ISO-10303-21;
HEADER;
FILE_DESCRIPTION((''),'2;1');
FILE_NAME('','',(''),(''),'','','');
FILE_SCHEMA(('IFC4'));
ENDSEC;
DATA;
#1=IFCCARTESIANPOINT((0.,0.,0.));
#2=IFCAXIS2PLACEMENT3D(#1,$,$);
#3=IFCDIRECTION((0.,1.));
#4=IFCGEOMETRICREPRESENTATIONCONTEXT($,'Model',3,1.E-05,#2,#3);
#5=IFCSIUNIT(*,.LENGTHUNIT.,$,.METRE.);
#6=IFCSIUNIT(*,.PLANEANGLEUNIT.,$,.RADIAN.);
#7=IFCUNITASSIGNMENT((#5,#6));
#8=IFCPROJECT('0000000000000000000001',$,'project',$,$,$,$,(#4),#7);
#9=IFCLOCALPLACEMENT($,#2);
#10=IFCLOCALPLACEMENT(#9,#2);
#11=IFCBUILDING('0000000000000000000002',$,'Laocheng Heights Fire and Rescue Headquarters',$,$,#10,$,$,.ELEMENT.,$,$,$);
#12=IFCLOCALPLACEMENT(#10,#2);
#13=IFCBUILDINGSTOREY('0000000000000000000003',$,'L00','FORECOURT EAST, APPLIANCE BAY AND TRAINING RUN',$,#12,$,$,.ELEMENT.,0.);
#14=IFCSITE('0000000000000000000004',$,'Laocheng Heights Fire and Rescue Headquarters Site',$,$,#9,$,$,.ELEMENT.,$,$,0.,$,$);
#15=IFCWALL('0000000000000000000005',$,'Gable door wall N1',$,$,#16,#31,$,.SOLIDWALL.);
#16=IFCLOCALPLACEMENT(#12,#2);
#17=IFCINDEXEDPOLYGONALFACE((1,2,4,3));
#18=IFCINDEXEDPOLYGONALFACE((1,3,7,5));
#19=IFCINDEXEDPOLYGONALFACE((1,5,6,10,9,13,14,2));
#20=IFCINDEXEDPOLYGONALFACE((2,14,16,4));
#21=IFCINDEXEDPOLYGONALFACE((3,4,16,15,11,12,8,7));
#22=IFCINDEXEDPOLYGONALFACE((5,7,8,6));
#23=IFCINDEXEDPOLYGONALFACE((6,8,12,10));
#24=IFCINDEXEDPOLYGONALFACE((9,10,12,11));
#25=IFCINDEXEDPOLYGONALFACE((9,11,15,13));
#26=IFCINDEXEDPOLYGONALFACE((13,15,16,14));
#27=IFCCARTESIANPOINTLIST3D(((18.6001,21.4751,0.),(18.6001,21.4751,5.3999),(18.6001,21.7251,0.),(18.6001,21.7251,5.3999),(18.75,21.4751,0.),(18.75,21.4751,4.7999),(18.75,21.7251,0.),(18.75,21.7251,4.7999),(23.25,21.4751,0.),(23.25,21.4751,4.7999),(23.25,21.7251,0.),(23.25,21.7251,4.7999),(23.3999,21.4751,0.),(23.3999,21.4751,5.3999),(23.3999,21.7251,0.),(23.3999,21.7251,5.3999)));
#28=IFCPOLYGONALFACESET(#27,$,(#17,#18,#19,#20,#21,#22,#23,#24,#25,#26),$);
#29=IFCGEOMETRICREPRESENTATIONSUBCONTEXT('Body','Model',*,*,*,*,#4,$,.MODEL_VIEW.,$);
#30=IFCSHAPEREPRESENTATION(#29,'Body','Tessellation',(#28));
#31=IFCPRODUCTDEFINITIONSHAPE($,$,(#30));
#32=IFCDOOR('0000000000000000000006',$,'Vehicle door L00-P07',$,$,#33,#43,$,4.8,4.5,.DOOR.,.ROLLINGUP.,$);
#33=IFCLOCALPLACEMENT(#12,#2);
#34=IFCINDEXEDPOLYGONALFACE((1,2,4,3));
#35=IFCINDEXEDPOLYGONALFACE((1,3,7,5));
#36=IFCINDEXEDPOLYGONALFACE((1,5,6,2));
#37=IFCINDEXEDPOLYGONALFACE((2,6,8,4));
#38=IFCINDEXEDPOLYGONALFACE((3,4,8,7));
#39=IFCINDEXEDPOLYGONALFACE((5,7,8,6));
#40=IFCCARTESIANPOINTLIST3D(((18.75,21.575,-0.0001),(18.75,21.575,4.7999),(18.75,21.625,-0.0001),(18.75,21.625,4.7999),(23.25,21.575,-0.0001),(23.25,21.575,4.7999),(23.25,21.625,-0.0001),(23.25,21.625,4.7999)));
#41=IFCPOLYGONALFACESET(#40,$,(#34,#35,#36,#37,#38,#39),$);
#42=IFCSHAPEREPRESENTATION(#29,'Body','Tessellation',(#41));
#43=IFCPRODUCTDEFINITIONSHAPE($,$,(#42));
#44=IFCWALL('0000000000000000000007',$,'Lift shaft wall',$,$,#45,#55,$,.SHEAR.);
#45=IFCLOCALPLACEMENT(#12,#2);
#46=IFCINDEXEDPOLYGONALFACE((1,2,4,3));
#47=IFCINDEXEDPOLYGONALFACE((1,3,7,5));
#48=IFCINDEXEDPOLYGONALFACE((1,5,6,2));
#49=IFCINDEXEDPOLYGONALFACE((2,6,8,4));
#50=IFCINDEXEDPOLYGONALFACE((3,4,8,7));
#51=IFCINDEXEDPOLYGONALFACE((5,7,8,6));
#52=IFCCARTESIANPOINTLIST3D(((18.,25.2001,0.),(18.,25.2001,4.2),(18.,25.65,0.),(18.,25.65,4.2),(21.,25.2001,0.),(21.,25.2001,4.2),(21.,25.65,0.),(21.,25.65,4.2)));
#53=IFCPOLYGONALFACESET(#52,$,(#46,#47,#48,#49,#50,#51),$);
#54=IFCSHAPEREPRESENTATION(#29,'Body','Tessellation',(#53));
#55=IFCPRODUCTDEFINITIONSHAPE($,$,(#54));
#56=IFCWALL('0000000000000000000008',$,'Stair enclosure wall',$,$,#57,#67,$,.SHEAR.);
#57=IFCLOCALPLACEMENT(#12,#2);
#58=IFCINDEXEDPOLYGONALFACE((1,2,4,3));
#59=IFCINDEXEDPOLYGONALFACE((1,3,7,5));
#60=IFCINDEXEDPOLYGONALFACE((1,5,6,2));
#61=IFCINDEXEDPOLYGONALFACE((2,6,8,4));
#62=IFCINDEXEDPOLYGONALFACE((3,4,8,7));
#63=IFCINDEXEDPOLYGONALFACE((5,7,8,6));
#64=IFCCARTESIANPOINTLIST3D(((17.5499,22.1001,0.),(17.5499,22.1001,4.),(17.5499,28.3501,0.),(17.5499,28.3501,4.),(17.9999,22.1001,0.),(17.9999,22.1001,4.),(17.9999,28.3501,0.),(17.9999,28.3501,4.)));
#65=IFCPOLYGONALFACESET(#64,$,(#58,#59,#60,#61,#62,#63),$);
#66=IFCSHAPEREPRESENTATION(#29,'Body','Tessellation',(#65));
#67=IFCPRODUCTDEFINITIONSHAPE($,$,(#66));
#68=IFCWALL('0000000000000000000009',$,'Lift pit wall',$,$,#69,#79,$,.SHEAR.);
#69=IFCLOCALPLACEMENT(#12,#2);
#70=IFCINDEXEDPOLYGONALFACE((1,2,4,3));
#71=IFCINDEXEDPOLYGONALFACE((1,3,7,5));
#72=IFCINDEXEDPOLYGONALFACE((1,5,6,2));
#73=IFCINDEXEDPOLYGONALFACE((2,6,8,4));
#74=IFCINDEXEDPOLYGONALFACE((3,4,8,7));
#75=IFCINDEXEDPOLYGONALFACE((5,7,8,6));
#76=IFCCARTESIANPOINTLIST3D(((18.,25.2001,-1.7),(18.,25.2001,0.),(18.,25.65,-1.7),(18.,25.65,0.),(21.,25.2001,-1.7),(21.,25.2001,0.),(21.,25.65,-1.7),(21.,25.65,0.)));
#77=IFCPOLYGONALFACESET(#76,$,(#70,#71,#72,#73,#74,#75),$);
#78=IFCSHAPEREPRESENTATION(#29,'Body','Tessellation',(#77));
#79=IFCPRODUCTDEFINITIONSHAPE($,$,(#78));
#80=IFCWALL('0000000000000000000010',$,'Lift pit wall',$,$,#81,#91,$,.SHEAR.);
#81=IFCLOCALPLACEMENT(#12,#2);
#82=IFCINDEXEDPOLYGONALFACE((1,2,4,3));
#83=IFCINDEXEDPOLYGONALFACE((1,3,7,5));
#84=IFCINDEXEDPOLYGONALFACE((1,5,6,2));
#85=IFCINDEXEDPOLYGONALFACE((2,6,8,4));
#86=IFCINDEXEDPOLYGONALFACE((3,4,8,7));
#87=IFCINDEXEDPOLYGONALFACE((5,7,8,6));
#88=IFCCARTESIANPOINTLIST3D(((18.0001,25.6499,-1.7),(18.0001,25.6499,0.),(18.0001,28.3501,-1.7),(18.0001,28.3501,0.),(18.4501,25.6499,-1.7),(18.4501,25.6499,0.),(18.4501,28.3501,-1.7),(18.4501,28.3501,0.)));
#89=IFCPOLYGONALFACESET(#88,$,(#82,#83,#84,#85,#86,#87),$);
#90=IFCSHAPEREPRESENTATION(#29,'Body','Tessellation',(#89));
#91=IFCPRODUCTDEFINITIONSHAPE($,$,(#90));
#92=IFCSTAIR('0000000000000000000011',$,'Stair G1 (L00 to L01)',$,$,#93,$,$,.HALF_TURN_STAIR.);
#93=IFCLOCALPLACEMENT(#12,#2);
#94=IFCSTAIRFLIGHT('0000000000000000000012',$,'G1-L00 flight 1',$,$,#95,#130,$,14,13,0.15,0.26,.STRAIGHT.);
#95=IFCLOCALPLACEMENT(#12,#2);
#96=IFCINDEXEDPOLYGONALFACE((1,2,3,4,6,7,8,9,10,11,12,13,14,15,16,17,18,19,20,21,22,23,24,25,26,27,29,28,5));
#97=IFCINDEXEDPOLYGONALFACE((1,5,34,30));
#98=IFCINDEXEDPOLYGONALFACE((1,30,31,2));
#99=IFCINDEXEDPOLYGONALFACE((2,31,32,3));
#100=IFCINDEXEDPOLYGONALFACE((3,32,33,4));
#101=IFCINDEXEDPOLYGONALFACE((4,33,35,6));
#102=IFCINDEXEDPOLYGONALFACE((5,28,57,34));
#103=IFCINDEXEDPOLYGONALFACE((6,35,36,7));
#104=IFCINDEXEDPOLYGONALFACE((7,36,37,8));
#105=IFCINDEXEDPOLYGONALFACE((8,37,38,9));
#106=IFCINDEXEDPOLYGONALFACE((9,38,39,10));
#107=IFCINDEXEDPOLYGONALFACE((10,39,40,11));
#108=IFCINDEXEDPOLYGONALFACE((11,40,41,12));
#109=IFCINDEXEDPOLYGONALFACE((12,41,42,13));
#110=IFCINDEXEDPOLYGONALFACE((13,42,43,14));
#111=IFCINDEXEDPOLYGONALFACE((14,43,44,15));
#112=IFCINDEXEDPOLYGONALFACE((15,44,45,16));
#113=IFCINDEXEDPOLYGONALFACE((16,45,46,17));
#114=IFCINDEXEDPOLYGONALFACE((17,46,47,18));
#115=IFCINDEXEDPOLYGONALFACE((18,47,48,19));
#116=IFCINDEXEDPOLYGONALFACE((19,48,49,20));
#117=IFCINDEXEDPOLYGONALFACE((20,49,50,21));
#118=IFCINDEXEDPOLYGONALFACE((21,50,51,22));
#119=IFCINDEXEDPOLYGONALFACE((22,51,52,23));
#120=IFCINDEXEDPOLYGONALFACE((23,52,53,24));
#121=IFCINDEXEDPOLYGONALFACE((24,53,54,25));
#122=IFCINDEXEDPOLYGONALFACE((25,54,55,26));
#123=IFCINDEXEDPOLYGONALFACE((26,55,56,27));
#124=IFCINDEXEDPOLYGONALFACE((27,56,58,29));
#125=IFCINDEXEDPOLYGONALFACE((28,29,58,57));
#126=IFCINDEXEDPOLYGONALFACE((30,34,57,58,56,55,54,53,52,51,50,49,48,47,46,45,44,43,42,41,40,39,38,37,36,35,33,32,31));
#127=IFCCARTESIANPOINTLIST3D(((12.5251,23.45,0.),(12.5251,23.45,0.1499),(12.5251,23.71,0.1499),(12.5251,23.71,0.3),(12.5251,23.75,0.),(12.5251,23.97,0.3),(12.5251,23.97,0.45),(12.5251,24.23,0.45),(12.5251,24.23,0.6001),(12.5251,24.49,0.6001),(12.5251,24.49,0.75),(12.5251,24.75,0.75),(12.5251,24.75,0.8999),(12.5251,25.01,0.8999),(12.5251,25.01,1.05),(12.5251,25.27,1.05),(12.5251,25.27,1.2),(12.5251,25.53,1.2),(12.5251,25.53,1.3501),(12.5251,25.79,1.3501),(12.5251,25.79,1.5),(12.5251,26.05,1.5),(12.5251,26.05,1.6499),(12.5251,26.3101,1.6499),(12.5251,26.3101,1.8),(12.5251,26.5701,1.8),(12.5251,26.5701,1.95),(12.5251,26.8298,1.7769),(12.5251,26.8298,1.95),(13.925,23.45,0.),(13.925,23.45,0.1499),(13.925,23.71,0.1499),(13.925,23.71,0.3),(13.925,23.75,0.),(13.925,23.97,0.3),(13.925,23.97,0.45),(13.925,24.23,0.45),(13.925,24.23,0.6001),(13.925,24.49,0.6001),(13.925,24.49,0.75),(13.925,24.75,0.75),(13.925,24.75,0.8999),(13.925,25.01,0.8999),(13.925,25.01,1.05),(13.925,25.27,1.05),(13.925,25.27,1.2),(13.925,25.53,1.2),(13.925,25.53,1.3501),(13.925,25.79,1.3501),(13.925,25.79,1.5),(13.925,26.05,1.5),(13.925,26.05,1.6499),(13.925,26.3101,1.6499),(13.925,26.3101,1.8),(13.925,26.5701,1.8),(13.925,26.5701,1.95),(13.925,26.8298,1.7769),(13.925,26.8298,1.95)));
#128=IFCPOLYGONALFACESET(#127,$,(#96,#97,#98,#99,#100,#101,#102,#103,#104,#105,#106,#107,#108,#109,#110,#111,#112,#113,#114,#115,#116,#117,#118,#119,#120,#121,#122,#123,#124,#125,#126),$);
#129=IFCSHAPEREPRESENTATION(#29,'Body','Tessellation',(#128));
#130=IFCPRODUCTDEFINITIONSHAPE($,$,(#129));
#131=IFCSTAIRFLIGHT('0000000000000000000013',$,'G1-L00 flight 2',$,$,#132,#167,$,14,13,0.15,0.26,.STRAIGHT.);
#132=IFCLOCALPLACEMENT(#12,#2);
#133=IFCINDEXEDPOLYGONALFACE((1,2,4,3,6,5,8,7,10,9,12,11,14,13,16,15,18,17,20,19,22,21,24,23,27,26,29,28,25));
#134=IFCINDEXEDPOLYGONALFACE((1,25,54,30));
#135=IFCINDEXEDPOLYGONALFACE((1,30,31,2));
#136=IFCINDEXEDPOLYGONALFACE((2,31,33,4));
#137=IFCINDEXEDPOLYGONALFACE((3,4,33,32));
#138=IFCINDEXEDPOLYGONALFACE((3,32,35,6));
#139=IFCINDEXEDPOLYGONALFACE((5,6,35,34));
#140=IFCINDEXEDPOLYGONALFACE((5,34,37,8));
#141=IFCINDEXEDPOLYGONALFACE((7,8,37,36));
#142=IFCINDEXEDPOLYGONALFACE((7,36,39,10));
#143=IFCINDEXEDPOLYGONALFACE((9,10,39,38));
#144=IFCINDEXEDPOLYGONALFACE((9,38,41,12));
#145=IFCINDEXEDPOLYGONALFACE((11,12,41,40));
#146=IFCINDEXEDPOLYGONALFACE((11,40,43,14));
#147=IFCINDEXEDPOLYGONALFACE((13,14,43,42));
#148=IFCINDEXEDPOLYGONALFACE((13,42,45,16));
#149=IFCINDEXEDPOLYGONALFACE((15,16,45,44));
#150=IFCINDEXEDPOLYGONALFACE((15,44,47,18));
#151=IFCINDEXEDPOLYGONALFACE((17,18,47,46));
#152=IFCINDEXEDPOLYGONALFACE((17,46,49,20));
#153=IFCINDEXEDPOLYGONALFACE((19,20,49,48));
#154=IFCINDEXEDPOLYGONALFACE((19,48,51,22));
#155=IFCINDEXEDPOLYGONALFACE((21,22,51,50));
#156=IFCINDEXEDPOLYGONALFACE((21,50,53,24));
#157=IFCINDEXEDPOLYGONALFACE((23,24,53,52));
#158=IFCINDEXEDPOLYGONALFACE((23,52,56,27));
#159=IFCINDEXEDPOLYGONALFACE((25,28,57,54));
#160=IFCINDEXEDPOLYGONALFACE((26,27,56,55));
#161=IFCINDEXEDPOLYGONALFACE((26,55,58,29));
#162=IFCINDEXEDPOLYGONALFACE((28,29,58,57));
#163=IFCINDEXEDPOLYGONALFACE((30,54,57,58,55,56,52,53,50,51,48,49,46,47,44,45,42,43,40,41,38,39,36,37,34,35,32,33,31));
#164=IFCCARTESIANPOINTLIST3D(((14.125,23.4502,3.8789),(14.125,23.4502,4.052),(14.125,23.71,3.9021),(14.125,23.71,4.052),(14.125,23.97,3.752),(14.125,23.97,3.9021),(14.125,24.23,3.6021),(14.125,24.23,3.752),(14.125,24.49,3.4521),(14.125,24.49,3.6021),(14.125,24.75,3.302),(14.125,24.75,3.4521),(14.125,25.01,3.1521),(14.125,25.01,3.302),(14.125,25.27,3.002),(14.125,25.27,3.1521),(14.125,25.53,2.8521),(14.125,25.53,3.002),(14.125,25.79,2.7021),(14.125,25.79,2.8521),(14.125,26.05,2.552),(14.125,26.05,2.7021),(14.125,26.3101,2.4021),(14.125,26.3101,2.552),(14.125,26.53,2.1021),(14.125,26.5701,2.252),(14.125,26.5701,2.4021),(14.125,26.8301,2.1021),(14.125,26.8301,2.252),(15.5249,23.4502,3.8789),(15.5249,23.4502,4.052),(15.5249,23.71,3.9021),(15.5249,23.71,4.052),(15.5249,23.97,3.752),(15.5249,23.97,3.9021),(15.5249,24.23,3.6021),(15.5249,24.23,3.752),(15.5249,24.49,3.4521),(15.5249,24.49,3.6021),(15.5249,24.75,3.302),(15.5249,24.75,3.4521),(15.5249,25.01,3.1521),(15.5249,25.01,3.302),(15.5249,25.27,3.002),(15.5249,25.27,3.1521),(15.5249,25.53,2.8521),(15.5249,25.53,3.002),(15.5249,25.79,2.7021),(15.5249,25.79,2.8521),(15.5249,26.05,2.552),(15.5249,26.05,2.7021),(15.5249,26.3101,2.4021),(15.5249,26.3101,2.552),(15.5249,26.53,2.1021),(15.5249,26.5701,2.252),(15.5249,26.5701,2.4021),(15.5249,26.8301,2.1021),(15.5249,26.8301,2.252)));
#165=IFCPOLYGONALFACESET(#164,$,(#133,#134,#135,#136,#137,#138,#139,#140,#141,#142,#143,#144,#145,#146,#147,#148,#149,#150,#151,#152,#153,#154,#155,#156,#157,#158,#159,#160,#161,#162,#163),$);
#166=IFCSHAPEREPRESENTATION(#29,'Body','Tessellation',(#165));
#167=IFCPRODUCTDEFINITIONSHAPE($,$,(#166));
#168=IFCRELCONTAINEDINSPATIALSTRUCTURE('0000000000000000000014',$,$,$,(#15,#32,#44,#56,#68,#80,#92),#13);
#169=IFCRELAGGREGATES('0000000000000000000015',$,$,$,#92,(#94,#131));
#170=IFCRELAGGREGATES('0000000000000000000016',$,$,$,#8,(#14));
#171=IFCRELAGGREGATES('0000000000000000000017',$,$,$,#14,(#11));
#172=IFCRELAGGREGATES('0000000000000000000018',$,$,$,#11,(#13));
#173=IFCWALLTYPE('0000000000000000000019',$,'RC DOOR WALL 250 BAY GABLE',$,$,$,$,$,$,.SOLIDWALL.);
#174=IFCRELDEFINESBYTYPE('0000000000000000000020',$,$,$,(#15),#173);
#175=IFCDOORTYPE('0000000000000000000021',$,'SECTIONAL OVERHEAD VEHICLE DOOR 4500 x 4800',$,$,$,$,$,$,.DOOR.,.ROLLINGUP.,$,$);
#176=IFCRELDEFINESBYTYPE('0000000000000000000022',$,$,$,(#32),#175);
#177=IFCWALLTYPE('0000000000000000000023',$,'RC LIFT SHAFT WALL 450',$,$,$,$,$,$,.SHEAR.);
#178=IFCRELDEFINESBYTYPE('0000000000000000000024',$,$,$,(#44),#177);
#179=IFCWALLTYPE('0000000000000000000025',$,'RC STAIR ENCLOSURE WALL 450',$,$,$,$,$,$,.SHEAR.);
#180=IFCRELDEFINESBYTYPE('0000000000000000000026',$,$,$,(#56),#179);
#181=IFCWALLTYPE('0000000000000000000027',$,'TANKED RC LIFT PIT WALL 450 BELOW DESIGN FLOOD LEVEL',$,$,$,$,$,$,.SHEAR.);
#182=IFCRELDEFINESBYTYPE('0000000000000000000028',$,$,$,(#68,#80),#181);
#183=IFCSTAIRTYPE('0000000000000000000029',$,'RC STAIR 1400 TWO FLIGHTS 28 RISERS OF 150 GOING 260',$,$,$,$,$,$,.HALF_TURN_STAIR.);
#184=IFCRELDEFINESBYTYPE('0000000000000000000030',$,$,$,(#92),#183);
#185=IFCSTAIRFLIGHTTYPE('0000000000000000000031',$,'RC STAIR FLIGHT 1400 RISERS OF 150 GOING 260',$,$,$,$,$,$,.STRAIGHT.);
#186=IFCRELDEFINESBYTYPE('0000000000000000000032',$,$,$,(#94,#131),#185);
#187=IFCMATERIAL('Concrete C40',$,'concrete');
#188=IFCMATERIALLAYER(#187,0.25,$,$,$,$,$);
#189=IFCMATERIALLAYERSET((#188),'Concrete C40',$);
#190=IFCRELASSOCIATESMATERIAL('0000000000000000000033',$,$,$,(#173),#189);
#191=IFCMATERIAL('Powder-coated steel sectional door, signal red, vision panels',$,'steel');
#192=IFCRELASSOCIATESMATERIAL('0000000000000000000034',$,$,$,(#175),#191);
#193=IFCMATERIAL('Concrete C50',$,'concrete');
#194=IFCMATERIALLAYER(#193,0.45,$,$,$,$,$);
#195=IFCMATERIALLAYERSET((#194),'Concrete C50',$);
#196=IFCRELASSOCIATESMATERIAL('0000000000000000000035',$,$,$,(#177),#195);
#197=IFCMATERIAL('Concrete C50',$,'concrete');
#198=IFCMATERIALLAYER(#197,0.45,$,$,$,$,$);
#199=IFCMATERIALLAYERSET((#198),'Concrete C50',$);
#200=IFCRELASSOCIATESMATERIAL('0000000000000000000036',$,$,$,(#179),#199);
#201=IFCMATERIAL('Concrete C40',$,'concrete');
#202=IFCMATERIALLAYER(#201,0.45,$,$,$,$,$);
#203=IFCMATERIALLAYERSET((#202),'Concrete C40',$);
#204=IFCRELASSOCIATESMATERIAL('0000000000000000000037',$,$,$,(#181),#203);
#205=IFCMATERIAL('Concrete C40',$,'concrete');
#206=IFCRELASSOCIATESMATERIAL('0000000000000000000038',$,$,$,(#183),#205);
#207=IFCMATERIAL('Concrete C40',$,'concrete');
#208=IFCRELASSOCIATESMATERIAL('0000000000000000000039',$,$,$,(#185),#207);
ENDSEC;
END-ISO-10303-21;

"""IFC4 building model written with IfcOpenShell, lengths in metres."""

from ifc_helpers import new_model, si_unit, direction, frame, frame_2d, origin, place, context, subcontext, project, spatial, polyline, rectangle, outline, extrude, material, layer, layer_set, type_object, element, fill, aggregate, save


model = new_model("IFC4")

# Units and contexts
model_context = context("Model", 3, precision=1e-05, world=origin(), true_north=direction((0.0, 1.0)))
body_context = subcontext(model_context, "Body", "Model", "MODEL_VIEW")
ifc_project = project(units=[si_unit("LENGTHUNIT", "METRE"), si_unit("PLANEANGLEUNIT", "RADIAN")], contexts=[model_context])

# Site, building, storey
site_placement = place(None, origin())
site = spatial("IfcSite", under=ifc_project, at=site_placement, Name="Laocheng Heights Fire and Rescue Headquarters Site", CompositionType="ELEMENT", RefElevation=0.0)
building_placement = place(site_placement, origin())
building = spatial("IfcBuilding", under=site, at=building_placement, Name="Laocheng Heights Fire and Rescue Headquarters", CompositionType="ELEMENT")
storey_placement = place(building_placement, origin())
storey = spatial("IfcBuildingStorey", under=building, at=storey_placement, Name="L00", Description="FORECOURT EAST, APPLIANCE BAY AND TRAINING RUN", CompositionType="ELEMENT", Elevation=0.0)

# Wall, opening, door
ifc_material_1 = material(Name="Concrete C40", Category="concrete")
ifc_layer_1 = layer(ifc_material_1, 0.25)
ifc_layer_set_1 = layer_set([ifc_layer_1], Name="Concrete C40")
wall_type_1 = type_object("IfcWallType", Name="RC DOOR WALL 250 BAY GABLE", PredefinedType="SOLIDWALL", material=ifc_layer_set_1)
wall_1_placement = place(storey_placement, frame((18.6001, 21.6001, 0.0), z_axis=(0.0, 0.0, 1.0), x_axis=(1.0, 0.0, 0.0)))
wall_1 = element("IfcWall", 1, at=wall_1_placement, inside=storey, type_object=wall_type_1, Name="Gable door wall N1", PredefinedType="SOLIDWALL", context=body_context, shape_type="SweptSolid", body=[
    extrude(rectangle(XDim=4.7998, YDim=0.25, at=frame_2d((2.3999, 0.0))), origin(), (0.0, 0.0, 1.0), 5.3999),
])
opening_1_placement = place(wall_1_placement, frame((0.1499, 0.0, 0.0)))
opening_1 = element("IfcOpeningElement", 2, at=opening_1_placement, cuts=wall_1, PredefinedType="OPENING", context=body_context, shape_type="SweptSolid", body=[
    extrude(rectangle(XDim=4.5, YDim=4.8, at=frame_2d((2.25, 2.3999))), frame((0.0, 0.135, 0.0), z_axis=(0.0, -1.0, 0.0), x_axis=(1.0, 0.0, 0.0)), (0.0, 0.0, 1.0), 0.27),
])
ifc_material_2 = material(Name="Powder-coated steel sectional door, signal red, vision panels", Category="steel")
door_type_1 = type_object("IfcDoorType", Name="SECTIONAL OVERHEAD VEHICLE DOOR 4500 x 4800", OperationType="ROLLINGUP", PredefinedType="DOOR", material=ifc_material_2)
door_1_placement = place(opening_1_placement, origin())
door_1 = element("IfcDoor", 3, at=door_1_placement, inside=storey, type_object=door_type_1, Name="Vehicle door L00-P07", OperationType="ROLLINGUP", OverallHeight=4.8, OverallWidth=4.5, PredefinedType="DOOR", context=body_context, shape_type="SweptSolid", body=[
    extrude(rectangle(XDim=4.5, YDim=4.8, at=frame_2d((2.25, 2.3999))), frame((0.0, 0.0249, 0.0), z_axis=(0.0, -1.0, 0.0), x_axis=(1.0, 0.0, 0.0)), (0.0, 0.0, 1.0), 0.05),
])
fill(opening_1, door_1)

# Walls
ifc_material_3 = material(Name="Concrete C50", Category="concrete")
ifc_layer_2 = layer(ifc_material_3, 0.45)
ifc_layer_set_2 = layer_set([ifc_layer_2], Name="Concrete C50")
wall_type_2 = type_object("IfcWallType", Name="RC LIFT SHAFT WALL 450", PredefinedType="SHEAR", material=ifc_layer_set_2)
wall_2_placement = place(storey_placement, frame((18.0, 25.425, 0.0), z_axis=(0.0, 0.0, 1.0), x_axis=(1.0, 0.0, 0.0)))
element("IfcWall", 4, at=wall_2_placement, inside=storey, type_object=wall_type_2, Name="Lift shaft wall", PredefinedType="SHEAR", context=body_context, shape_type="SweptSolid", body=[
    extrude(rectangle(XDim=3.0, YDim=0.45, at=frame_2d((1.5, 0.0))), origin(), (0.0, 0.0, 1.0), 4.2),
])
ifc_material_4 = material(Name="Concrete C50", Category="concrete")
ifc_layer_3 = layer(ifc_material_4, 0.45)
ifc_layer_set_3 = layer_set([ifc_layer_3], Name="Concrete C50")
wall_type_3 = type_object("IfcWallType", Name="RC STAIR ENCLOSURE WALL 450", PredefinedType="SHEAR", material=ifc_layer_set_3)
wall_3_placement = place(storey_placement, frame((17.7749, 22.1001, 0.0), z_axis=(0.0, 0.0, 1.0), x_axis=(0.0, 1.0, 0.0)))
element("IfcWall", 5, at=wall_3_placement, inside=storey, type_object=wall_type_3, Name="Stair enclosure wall", PredefinedType="SHEAR", context=body_context, shape_type="SweptSolid", body=[
    extrude(rectangle(XDim=6.25, YDim=0.45, at=frame_2d((3.125, 0.0))), origin(), (0.0, 0.0, 1.0), 4.0),
])
ifc_material_5 = material(Name="Concrete C40", Category="concrete")
ifc_layer_4 = layer(ifc_material_5, 0.45)
ifc_layer_set_4 = layer_set([ifc_layer_4], Name="Concrete C40")
wall_type_4 = type_object("IfcWallType", Name="TANKED RC LIFT PIT WALL 450 BELOW DESIGN FLOOD LEVEL", PredefinedType="SHEAR", material=ifc_layer_set_4)
wall_4_placement = place(storey_placement, frame((18.0, 25.425, -1.7), z_axis=(0.0, 0.0, 1.0), x_axis=(1.0, 0.0, 0.0)))
element("IfcWall", 6, at=wall_4_placement, inside=storey, type_object=wall_type_4, Name="Lift pit wall", PredefinedType="SHEAR", context=body_context, shape_type="SweptSolid", body=[
    extrude(rectangle(XDim=3.0, YDim=0.45, at=frame_2d((1.5, 0.0))), origin(), (0.0, 0.0, 1.0), 1.7),
])
wall_5_placement = place(storey_placement, frame((18.2251, 25.6499, -1.7), z_axis=(0.0, 0.0, 1.0), x_axis=(0.0, 1.0, 0.0)))
element("IfcWall", 7, at=wall_5_placement, inside=storey, type_object=wall_type_4, Name="Lift pit wall", PredefinedType="SHEAR", context=body_context, shape_type="SweptSolid", body=[
    extrude(rectangle(XDim=2.7002, YDim=0.45, at=frame_2d((1.3501, 0.0))), origin(), (0.0, 0.0, 1.0), 1.7),
])

# Stair, stair flights
ifc_material_6 = material(Name="Concrete C40", Category="concrete")
stair_type = type_object("IfcStairType", Name="RC STAIR 1400 TWO FLIGHTS 28 RISERS OF 150 GOING 260", PredefinedType="HALF_TURN_STAIR", material=ifc_material_6)
stair_placement = place(storey_placement, origin())
stair = element("IfcStair", 8, at=stair_placement, inside=storey, type_object=stair_type, Name="Stair G1 (L00 to L01)", PredefinedType="HALF_TURN_STAIR")
ifc_material_7 = material(Name="Concrete C40", Category="concrete")
stair_flight_type = type_object("IfcStairFlightType", Name="RC STAIR FLIGHT 1400 RISERS OF 150 GOING 260", PredefinedType="STRAIGHT", material=ifc_material_7)
stair_flight_1_placement = place(storey_placement, frame((13.2251, 23.45, 0.0), z_axis=(0.0, 0.0, 1.0), x_axis=(0.0, 1.0, 0.0)))
stair_flight_1 = element("IfcStairFlight", 9, at=stair_flight_1_placement, type_object=stair_flight_type, Name="G1-L00 flight 1", NumberOfRisers=14, NumberOfTreads=13, PredefinedType="STRAIGHT", RiserHeight=0.15, TreadLength=0.26, context=body_context, shape_type="SweptSolid", body=[
    extrude(outline(polyline([(0.0, 0.0), (0.0, 0.1499), (0.26, 0.1499), (0.26, 0.3), (0.52, 0.3), (0.52, 0.45), (0.78, 0.45), (0.78, 0.6001), (1.04, 0.6001), (1.04, 0.75), (1.3, 0.75), (1.3, 0.8999), (1.5601, 0.8999), (1.5601, 1.05), (1.8201, 1.05), (1.8201, 1.2), (2.0801, 1.2), (2.0801, 1.3501), (2.3401, 1.3501), (2.3401, 1.5), (2.6001, 1.5), (2.6001, 1.6499), (2.8601, 1.6499), (2.8601, 1.8), (3.1201, 1.8), (3.1201, 1.95), (3.3799, 1.95), (3.3799, 2.1001), (3.3799, 1.7769), (0.3, 0.0), (0.0, 0.0)])), frame((0.0, 0.7, 0.0), z_axis=(0.0, -1.0, 0.0), x_axis=(1.0, 0.0, 0.0)), (0.0, 0.0, 1.0), 1.3999),
])
stair_flight_2_placement = place(storey_placement, frame((14.825, 26.8301, 2.1021), z_axis=(0.0, 0.0, 1.0), x_axis=(0.0, -1.0, 0.0)))
stair_flight_2 = element("IfcStairFlight", 10, at=stair_flight_2_placement, type_object=stair_flight_type, Name="G1-L00 flight 2", NumberOfRisers=14, NumberOfTreads=13, PredefinedType="STRAIGHT", RiserHeight=0.15, TreadLength=0.26, context=body_context, shape_type="SweptSolid", body=[
    extrude(outline(polyline([(0.0, 0.0), (0.0, 0.1499), (0.26, 0.1499), (0.26, 0.3), (0.52, 0.3), (0.52, 0.45), (0.78, 0.45), (0.78, 0.6001), (1.04, 0.6001), (1.04, 0.75), (1.3, 0.75), (1.3, 0.8999), (1.5601, 0.8999), (1.5601, 1.05), (1.8201, 1.05), (1.8201, 1.2), (2.0801, 1.2), (2.0801, 1.3501), (2.3401, 1.3501), (2.3401, 1.5), (2.6001, 1.5), (2.6001, 1.6499), (2.8601, 1.6499), (2.8601, 1.8), (3.1201, 1.8), (3.1201, 1.95), (3.3799, 1.95), (3.3799, 2.1001), (3.3799, 1.7769), (0.3, 0.0), (0.0, 0.0)])), frame((0.0, 0.7, 0.0), z_axis=(0.0, -1.0, 0.0), x_axis=(1.0, 0.0, 0.0)), (0.0, 0.0, 1.0), 1.3999),
])
aggregate(stair, [stair_flight_1, stair_flight_2])

save(model, "model.ifc")
